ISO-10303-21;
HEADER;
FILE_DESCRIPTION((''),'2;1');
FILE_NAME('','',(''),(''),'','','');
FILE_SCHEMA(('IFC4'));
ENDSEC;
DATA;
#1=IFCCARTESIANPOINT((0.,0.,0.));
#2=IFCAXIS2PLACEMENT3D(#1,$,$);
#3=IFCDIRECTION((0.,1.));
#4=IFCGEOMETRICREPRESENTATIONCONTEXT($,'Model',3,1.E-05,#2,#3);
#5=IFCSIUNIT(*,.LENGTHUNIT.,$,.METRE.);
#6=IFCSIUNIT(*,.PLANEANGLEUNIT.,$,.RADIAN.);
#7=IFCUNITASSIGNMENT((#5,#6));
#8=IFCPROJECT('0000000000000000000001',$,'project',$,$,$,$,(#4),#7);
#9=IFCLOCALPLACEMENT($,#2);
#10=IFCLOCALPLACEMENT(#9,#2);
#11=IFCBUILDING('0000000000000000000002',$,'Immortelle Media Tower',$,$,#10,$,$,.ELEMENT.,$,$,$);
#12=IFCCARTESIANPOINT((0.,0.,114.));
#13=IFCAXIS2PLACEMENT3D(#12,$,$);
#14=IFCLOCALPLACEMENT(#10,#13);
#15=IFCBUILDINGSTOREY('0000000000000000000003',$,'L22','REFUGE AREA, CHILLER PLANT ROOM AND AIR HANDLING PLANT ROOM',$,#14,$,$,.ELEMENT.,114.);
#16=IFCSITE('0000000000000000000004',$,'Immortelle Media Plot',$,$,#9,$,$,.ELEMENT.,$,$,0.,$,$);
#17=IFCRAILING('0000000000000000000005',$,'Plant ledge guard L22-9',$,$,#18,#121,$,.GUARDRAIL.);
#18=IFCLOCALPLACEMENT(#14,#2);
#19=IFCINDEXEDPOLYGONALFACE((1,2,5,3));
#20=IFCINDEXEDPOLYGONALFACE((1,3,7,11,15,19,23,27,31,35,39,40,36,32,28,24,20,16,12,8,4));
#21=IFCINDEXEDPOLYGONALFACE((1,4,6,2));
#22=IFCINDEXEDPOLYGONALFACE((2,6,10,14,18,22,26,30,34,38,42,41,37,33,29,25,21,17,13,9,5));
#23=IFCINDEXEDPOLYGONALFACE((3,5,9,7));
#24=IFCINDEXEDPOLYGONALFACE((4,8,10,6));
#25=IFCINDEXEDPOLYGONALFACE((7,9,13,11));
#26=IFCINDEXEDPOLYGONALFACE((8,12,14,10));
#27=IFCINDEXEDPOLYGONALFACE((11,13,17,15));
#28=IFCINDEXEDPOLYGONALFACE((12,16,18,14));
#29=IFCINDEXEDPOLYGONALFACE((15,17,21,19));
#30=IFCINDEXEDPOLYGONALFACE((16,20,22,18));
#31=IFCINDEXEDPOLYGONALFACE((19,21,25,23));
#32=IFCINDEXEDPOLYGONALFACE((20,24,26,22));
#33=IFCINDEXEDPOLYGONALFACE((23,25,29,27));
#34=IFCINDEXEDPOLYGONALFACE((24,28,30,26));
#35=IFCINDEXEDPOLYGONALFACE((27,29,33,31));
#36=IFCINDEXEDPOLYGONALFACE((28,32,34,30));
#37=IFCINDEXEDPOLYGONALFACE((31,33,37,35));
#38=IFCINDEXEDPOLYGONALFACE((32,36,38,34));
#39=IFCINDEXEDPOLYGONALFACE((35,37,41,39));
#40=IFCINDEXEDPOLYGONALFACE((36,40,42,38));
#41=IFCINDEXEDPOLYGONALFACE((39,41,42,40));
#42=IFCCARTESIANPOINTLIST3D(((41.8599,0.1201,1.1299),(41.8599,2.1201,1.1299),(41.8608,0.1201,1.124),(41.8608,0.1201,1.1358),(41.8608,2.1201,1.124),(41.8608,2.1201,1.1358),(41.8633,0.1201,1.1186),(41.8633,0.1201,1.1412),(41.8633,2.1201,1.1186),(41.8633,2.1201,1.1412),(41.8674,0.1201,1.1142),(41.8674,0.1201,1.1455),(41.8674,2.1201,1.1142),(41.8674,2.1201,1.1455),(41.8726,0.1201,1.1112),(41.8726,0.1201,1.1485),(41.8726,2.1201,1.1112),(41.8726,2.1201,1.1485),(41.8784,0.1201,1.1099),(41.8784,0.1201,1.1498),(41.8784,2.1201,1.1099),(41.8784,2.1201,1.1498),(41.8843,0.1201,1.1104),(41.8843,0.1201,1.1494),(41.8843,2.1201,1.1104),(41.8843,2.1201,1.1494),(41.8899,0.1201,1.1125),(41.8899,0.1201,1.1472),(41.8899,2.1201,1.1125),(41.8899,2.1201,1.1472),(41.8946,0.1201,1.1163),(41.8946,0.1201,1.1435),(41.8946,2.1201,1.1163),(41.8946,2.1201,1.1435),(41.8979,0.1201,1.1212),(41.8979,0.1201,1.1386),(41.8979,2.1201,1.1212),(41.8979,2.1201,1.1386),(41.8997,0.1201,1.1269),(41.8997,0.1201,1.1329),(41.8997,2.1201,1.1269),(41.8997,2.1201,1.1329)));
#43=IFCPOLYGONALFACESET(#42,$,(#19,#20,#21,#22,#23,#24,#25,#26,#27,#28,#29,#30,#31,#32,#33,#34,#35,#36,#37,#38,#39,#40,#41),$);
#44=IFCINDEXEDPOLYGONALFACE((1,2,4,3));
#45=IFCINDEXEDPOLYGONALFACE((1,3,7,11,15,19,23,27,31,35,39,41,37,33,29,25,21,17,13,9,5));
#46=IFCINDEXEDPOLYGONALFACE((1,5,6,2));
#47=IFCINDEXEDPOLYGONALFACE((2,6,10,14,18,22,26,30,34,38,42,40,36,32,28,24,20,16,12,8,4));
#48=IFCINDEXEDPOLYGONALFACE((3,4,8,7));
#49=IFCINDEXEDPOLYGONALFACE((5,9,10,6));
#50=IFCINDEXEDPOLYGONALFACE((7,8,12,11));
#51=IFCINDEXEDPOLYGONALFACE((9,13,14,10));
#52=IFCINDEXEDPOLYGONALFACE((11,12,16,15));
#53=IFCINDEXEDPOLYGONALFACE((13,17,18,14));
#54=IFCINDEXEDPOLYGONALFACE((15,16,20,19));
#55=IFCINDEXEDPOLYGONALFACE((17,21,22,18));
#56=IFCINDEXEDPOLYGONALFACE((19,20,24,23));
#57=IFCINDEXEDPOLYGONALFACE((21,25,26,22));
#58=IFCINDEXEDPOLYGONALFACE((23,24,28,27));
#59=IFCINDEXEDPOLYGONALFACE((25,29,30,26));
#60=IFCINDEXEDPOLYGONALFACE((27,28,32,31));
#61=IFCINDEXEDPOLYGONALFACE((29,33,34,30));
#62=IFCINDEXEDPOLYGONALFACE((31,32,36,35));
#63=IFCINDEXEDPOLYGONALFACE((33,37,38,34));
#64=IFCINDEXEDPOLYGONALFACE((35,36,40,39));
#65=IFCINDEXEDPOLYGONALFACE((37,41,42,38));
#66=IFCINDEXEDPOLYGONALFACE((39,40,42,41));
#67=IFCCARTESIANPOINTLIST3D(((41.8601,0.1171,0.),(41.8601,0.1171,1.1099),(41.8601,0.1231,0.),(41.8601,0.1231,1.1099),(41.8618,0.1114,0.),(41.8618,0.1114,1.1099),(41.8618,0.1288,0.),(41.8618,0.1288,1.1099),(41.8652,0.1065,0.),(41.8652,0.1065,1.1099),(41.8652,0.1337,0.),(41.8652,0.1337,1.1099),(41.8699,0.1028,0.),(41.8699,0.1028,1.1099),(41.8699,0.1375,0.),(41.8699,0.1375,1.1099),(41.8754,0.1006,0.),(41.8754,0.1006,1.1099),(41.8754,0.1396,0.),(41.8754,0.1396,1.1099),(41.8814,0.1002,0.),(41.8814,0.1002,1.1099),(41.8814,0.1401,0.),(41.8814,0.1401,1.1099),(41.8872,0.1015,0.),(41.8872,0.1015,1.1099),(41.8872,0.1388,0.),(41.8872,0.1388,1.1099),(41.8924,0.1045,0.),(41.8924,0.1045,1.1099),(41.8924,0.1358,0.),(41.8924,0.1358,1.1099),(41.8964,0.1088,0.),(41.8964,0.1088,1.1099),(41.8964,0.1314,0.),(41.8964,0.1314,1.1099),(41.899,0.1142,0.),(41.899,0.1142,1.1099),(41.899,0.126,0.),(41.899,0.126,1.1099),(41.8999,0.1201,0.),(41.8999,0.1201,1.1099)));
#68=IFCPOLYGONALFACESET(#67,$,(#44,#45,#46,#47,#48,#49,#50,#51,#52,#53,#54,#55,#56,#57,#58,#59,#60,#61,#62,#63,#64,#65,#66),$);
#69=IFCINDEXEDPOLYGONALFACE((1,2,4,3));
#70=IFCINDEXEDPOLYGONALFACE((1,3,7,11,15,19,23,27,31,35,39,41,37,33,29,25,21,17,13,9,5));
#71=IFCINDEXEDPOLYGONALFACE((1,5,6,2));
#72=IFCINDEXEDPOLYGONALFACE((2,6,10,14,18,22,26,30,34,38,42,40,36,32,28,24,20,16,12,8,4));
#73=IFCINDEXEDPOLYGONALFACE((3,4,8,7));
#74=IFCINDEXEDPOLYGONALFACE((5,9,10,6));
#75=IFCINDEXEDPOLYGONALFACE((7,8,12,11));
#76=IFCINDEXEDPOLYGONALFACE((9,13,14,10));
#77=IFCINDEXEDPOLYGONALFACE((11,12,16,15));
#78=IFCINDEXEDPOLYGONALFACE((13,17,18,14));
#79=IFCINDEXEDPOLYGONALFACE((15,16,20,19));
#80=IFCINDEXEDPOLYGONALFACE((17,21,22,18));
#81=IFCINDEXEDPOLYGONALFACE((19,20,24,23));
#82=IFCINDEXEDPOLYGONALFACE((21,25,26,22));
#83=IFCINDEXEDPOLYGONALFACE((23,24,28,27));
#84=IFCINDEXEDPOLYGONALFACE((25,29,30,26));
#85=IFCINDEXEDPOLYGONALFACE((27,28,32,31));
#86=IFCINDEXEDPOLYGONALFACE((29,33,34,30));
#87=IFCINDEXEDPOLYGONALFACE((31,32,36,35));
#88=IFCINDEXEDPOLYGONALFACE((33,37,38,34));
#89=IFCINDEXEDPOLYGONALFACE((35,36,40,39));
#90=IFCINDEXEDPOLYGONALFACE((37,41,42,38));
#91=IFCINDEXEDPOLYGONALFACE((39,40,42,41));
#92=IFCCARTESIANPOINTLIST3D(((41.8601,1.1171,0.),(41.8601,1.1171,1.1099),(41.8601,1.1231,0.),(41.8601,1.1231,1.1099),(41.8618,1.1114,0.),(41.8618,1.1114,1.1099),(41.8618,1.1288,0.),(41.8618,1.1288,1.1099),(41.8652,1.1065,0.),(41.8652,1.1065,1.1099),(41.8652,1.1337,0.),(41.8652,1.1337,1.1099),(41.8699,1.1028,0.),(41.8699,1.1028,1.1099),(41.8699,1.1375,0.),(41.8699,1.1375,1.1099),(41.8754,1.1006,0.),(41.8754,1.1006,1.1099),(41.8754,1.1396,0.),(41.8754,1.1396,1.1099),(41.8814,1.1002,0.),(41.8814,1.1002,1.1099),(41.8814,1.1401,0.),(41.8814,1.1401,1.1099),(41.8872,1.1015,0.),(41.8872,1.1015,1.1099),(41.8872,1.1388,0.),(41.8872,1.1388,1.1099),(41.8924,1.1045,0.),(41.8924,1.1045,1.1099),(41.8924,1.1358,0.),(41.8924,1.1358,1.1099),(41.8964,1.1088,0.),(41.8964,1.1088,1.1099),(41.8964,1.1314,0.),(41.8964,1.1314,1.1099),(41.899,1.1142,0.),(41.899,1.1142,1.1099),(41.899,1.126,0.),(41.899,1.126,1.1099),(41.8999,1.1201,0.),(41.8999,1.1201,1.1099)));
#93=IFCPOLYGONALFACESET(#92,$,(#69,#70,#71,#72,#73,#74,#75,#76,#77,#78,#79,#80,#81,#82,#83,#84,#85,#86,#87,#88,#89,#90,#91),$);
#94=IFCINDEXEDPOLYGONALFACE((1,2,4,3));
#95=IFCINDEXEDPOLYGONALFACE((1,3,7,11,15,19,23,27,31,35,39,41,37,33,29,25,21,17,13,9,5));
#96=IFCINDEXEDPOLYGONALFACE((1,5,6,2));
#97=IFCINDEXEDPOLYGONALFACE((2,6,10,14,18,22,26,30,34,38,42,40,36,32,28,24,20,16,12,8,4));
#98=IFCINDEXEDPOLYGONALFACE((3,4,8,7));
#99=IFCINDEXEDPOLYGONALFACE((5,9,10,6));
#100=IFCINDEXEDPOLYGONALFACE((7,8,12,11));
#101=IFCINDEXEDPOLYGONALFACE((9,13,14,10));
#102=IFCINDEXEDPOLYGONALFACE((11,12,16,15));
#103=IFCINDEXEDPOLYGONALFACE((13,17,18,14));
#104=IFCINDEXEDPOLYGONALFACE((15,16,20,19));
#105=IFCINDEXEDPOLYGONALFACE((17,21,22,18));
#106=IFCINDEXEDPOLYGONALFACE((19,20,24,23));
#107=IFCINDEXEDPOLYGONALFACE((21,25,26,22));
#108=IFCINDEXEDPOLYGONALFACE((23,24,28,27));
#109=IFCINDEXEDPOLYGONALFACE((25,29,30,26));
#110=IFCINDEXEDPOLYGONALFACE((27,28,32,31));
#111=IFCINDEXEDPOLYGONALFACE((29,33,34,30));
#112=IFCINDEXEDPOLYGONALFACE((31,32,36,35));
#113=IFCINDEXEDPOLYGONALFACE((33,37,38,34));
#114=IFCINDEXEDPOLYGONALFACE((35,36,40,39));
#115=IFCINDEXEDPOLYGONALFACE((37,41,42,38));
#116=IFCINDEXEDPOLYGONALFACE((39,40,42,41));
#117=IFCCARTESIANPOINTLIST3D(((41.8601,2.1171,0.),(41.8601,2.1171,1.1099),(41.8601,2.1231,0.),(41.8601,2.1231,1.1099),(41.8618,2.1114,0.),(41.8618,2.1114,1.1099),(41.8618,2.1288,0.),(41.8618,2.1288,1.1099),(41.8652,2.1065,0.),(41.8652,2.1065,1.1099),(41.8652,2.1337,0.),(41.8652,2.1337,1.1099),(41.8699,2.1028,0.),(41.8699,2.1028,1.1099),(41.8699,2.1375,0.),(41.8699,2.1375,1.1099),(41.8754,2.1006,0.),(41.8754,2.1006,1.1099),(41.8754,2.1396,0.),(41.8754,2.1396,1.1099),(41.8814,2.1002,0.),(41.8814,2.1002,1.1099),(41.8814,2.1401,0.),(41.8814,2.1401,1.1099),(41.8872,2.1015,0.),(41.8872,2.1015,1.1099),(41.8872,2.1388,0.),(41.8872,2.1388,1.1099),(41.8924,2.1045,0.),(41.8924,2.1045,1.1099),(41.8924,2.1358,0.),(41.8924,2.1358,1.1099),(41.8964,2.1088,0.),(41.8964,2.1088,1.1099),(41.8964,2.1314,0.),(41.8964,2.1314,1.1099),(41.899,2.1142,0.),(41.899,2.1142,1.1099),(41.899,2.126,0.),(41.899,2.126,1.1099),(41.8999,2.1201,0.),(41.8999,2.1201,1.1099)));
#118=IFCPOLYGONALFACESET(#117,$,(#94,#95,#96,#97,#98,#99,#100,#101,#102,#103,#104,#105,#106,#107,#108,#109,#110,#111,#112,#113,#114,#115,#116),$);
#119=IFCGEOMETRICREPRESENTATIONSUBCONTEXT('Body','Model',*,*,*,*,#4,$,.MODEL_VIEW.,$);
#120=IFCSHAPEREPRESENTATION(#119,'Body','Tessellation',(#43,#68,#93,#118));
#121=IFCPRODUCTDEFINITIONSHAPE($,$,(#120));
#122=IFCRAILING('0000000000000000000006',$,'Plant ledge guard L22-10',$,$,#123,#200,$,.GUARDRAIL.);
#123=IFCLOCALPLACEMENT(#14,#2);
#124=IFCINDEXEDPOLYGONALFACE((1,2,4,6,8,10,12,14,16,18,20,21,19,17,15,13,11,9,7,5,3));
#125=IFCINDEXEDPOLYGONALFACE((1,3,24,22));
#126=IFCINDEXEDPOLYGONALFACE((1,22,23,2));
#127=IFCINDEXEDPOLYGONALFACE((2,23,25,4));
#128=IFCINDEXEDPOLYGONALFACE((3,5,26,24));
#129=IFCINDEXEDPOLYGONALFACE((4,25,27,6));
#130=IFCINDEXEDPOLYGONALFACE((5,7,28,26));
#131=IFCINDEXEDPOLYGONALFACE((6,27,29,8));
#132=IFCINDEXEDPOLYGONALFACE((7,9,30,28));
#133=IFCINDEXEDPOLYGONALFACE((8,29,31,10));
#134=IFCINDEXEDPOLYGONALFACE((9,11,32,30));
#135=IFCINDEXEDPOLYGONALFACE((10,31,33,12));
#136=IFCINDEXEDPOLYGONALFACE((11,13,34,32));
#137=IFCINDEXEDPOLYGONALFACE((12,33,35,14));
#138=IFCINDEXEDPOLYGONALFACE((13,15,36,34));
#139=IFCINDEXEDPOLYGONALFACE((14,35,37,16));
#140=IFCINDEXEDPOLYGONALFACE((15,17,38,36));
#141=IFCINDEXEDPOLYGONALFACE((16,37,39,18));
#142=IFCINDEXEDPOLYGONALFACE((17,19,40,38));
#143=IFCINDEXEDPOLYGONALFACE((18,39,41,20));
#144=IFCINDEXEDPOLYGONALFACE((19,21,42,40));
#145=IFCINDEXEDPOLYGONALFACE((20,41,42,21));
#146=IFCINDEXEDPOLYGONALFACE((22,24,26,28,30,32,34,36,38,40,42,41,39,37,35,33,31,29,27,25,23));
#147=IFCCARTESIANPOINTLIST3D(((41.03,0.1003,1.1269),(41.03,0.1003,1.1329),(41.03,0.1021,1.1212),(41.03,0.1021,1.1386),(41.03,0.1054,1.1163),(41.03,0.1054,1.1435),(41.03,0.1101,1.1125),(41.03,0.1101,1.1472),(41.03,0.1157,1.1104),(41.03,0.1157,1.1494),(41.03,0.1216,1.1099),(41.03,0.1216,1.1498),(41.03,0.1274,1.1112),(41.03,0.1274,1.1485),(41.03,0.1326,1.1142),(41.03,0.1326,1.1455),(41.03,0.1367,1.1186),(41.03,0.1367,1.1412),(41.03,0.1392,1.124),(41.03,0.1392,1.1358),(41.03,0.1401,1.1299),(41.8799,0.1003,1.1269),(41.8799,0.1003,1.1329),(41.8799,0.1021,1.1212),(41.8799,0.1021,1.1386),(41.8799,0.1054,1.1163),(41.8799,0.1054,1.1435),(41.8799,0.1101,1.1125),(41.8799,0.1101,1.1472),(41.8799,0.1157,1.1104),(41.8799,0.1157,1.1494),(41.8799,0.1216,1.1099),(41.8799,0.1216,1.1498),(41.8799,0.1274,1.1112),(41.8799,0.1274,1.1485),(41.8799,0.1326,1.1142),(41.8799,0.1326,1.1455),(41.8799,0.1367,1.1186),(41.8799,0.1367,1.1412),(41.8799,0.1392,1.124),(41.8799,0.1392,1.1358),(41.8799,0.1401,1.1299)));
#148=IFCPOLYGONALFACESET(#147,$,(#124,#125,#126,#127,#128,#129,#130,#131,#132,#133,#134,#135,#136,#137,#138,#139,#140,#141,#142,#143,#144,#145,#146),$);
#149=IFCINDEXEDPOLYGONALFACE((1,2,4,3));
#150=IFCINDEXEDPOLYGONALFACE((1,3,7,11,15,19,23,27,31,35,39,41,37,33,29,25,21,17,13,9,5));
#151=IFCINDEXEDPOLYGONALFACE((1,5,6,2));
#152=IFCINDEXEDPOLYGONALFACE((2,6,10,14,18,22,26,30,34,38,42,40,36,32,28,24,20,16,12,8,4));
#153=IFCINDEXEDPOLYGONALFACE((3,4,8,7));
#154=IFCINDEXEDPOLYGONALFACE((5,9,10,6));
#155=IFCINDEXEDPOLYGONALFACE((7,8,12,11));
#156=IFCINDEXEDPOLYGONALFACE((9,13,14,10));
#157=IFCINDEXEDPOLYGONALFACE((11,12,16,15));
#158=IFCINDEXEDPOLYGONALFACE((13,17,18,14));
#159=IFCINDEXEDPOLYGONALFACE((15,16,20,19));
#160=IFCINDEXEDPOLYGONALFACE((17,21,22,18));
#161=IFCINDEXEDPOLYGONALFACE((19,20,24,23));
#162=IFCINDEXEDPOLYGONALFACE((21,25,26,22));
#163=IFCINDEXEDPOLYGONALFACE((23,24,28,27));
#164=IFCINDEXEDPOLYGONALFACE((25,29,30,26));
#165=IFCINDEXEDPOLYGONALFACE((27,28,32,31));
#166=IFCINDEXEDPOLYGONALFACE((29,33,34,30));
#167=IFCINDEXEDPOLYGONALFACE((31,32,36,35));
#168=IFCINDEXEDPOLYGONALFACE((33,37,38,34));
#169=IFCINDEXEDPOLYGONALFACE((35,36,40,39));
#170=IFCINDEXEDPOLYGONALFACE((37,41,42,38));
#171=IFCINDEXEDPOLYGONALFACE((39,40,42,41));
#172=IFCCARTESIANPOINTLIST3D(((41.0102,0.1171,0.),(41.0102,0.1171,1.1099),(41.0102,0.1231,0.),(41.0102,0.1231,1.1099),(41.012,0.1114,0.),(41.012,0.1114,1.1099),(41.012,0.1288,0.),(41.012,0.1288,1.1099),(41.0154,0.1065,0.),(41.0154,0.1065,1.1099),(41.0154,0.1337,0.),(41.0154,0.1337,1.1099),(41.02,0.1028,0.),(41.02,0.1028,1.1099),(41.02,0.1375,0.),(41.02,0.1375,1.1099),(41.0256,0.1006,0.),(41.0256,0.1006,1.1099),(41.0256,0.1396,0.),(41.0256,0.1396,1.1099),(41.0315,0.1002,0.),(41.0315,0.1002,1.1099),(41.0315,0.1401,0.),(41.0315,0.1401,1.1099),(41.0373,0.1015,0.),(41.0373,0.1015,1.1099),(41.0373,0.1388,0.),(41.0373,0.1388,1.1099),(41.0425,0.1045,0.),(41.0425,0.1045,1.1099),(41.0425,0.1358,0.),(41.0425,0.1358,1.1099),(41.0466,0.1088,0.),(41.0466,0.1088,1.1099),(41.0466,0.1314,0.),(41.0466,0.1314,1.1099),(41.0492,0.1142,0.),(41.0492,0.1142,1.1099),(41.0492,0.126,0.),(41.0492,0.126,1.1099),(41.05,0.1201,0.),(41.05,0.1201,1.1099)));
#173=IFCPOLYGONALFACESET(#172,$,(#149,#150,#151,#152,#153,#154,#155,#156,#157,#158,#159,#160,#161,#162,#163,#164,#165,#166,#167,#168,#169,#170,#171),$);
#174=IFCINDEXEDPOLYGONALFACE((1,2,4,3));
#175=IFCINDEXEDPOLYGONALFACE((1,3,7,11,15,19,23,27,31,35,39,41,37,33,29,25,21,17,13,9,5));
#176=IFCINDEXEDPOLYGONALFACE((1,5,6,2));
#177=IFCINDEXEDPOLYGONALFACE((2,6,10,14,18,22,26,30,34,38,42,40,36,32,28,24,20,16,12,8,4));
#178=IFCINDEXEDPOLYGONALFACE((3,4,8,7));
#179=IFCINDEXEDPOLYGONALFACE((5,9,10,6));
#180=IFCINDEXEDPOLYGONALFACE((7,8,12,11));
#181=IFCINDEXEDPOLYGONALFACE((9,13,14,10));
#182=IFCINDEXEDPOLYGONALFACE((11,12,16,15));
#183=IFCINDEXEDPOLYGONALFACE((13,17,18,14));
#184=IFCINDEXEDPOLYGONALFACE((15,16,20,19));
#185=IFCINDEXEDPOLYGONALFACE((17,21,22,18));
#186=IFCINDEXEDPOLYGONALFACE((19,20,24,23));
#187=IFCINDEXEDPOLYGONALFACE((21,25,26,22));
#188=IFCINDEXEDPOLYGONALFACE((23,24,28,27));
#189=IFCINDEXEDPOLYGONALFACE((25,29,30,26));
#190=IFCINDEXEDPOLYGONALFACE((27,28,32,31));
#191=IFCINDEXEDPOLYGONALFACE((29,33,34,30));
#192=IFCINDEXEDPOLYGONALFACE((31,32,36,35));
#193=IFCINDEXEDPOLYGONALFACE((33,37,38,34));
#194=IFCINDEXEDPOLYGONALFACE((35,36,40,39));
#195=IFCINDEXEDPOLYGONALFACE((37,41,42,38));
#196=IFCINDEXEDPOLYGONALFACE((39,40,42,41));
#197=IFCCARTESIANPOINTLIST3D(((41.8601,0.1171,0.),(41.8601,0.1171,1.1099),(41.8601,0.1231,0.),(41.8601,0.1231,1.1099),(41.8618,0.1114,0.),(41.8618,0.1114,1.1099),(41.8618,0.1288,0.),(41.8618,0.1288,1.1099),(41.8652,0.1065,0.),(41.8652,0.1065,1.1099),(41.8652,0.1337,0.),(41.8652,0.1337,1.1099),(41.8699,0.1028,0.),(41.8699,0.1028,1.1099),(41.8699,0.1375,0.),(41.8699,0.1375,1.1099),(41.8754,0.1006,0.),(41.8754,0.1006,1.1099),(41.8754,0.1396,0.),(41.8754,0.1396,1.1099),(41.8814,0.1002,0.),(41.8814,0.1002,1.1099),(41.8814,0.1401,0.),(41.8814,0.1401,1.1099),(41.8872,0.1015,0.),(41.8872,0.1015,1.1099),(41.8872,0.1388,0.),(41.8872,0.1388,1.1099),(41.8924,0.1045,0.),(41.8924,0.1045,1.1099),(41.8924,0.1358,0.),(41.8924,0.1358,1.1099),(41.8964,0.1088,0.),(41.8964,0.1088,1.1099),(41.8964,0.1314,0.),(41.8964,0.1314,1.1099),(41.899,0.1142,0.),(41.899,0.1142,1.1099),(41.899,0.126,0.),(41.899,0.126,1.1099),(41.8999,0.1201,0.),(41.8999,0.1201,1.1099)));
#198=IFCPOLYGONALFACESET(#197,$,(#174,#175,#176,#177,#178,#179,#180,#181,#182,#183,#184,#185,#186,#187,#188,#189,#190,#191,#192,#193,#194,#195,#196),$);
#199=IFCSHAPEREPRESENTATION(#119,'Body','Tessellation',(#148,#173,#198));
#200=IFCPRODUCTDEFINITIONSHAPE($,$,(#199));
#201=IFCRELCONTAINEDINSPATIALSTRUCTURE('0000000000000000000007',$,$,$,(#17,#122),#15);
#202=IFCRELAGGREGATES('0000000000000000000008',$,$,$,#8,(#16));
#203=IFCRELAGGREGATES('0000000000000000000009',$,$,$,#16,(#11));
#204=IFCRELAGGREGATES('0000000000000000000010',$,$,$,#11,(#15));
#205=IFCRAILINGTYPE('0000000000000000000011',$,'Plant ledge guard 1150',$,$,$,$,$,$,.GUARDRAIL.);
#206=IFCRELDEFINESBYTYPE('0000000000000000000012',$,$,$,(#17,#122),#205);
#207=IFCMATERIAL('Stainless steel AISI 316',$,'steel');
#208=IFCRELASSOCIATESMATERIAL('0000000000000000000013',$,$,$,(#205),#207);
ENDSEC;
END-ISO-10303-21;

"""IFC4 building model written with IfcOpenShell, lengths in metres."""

from ifc_helpers import new_model, si_unit, direction, frame, origin, origin_2d, place, context, subcontext, project, spatial, circle, extrude, material, type_object, element, save


model = new_model("IFC4")

# Units and contexts
model_context = context("Model", 3, precision=1e-05, world=origin(), true_north=direction((0.0, 1.0)))
body_context = subcontext(model_context, "Body", "Model", "MODEL_VIEW")
ifc_project = project(units=[si_unit("LENGTHUNIT", "METRE"), si_unit("PLANEANGLEUNIT", "RADIAN")], contexts=[model_context])

# Site, building, storey
site_placement = place(None, origin())
site = spatial("IfcSite", under=ifc_project, at=site_placement, Name="Immortelle Media Plot", CompositionType="ELEMENT", RefElevation=0.0)
building_placement = place(site_placement, origin())
building = spatial("IfcBuilding", under=site, at=building_placement, Name="Immortelle Media Tower", CompositionType="ELEMENT")
storey_placement = place(building_placement, frame((0.0, 0.0, 114.0)))
storey = spatial("IfcBuildingStorey", under=building, at=storey_placement, Name="L22", Description="REFUGE AREA, CHILLER PLANT ROOM AND AIR HANDLING PLANT ROOM", CompositionType="ELEMENT", Elevation=114.0)

# Railings
ifc_material_1 = material(Name="Stainless steel AISI 316", Category="steel")
railing_type = type_object("IfcRailingType", Name="Plant ledge guard 1150", PredefinedType="GUARDRAIL", material=ifc_material_1)
railing_1_placement = place(storey_placement, frame((41.8799, 0.1201, 0.0)))
element("IfcRailing", 1, at=railing_1_placement, inside=storey, type_object=railing_type, Name="Plant ledge guard L22-9", PredefinedType="GUARDRAIL", context=body_context, shape_type="SweptSolid", body=[
    extrude(circle(Radius=0.02, at=origin_2d()), frame((0.0, 0.0, 1.1299), z_axis=(0.0, 1.0, 0.0), x_axis=(-1.0, 0.0, 0.0)), (0.0, 0.0, 1.0), 2.0),
    extrude(circle(Radius=0.02, at=origin_2d()), origin(), (0.0, 0.0, 1.0), 1.1099),
    extrude(circle(Radius=0.02, at=origin_2d()), frame((0.0, 1.0, 0.0)), (0.0, 0.0, 1.0), 1.1099),
    extrude(circle(Radius=0.02, at=origin_2d()), frame((0.0, 2.0, 0.0)), (0.0, 0.0, 1.0), 1.1099),
])
railing_2_placement = place(storey_placement, frame((41.03, 0.1201, 0.0)))
element("IfcRailing", 2, at=railing_2_placement, inside=storey, type_object=railing_type, Name="Plant ledge guard L22-10", PredefinedType="GUARDRAIL", context=body_context, shape_type="SweptSolid", body=[
    extrude(circle(Radius=0.02, at=origin_2d()), frame((0.0, 0.0, 1.1299), z_axis=(1.0, 0.0, 0.0), x_axis=(0.0, 1.0, 0.0)), (0.0, 0.0, 1.0), 0.8499),
    extrude(circle(Radius=0.02, at=origin_2d()), origin(), (0.0, 0.0, 1.0), 1.1099),
    extrude(circle(Radius=0.02, at=origin_2d()), frame((0.8499, 0.0, 0.0)), (0.0, 0.0, 1.0), 1.1099),
])

save(model, "model.ifc")
